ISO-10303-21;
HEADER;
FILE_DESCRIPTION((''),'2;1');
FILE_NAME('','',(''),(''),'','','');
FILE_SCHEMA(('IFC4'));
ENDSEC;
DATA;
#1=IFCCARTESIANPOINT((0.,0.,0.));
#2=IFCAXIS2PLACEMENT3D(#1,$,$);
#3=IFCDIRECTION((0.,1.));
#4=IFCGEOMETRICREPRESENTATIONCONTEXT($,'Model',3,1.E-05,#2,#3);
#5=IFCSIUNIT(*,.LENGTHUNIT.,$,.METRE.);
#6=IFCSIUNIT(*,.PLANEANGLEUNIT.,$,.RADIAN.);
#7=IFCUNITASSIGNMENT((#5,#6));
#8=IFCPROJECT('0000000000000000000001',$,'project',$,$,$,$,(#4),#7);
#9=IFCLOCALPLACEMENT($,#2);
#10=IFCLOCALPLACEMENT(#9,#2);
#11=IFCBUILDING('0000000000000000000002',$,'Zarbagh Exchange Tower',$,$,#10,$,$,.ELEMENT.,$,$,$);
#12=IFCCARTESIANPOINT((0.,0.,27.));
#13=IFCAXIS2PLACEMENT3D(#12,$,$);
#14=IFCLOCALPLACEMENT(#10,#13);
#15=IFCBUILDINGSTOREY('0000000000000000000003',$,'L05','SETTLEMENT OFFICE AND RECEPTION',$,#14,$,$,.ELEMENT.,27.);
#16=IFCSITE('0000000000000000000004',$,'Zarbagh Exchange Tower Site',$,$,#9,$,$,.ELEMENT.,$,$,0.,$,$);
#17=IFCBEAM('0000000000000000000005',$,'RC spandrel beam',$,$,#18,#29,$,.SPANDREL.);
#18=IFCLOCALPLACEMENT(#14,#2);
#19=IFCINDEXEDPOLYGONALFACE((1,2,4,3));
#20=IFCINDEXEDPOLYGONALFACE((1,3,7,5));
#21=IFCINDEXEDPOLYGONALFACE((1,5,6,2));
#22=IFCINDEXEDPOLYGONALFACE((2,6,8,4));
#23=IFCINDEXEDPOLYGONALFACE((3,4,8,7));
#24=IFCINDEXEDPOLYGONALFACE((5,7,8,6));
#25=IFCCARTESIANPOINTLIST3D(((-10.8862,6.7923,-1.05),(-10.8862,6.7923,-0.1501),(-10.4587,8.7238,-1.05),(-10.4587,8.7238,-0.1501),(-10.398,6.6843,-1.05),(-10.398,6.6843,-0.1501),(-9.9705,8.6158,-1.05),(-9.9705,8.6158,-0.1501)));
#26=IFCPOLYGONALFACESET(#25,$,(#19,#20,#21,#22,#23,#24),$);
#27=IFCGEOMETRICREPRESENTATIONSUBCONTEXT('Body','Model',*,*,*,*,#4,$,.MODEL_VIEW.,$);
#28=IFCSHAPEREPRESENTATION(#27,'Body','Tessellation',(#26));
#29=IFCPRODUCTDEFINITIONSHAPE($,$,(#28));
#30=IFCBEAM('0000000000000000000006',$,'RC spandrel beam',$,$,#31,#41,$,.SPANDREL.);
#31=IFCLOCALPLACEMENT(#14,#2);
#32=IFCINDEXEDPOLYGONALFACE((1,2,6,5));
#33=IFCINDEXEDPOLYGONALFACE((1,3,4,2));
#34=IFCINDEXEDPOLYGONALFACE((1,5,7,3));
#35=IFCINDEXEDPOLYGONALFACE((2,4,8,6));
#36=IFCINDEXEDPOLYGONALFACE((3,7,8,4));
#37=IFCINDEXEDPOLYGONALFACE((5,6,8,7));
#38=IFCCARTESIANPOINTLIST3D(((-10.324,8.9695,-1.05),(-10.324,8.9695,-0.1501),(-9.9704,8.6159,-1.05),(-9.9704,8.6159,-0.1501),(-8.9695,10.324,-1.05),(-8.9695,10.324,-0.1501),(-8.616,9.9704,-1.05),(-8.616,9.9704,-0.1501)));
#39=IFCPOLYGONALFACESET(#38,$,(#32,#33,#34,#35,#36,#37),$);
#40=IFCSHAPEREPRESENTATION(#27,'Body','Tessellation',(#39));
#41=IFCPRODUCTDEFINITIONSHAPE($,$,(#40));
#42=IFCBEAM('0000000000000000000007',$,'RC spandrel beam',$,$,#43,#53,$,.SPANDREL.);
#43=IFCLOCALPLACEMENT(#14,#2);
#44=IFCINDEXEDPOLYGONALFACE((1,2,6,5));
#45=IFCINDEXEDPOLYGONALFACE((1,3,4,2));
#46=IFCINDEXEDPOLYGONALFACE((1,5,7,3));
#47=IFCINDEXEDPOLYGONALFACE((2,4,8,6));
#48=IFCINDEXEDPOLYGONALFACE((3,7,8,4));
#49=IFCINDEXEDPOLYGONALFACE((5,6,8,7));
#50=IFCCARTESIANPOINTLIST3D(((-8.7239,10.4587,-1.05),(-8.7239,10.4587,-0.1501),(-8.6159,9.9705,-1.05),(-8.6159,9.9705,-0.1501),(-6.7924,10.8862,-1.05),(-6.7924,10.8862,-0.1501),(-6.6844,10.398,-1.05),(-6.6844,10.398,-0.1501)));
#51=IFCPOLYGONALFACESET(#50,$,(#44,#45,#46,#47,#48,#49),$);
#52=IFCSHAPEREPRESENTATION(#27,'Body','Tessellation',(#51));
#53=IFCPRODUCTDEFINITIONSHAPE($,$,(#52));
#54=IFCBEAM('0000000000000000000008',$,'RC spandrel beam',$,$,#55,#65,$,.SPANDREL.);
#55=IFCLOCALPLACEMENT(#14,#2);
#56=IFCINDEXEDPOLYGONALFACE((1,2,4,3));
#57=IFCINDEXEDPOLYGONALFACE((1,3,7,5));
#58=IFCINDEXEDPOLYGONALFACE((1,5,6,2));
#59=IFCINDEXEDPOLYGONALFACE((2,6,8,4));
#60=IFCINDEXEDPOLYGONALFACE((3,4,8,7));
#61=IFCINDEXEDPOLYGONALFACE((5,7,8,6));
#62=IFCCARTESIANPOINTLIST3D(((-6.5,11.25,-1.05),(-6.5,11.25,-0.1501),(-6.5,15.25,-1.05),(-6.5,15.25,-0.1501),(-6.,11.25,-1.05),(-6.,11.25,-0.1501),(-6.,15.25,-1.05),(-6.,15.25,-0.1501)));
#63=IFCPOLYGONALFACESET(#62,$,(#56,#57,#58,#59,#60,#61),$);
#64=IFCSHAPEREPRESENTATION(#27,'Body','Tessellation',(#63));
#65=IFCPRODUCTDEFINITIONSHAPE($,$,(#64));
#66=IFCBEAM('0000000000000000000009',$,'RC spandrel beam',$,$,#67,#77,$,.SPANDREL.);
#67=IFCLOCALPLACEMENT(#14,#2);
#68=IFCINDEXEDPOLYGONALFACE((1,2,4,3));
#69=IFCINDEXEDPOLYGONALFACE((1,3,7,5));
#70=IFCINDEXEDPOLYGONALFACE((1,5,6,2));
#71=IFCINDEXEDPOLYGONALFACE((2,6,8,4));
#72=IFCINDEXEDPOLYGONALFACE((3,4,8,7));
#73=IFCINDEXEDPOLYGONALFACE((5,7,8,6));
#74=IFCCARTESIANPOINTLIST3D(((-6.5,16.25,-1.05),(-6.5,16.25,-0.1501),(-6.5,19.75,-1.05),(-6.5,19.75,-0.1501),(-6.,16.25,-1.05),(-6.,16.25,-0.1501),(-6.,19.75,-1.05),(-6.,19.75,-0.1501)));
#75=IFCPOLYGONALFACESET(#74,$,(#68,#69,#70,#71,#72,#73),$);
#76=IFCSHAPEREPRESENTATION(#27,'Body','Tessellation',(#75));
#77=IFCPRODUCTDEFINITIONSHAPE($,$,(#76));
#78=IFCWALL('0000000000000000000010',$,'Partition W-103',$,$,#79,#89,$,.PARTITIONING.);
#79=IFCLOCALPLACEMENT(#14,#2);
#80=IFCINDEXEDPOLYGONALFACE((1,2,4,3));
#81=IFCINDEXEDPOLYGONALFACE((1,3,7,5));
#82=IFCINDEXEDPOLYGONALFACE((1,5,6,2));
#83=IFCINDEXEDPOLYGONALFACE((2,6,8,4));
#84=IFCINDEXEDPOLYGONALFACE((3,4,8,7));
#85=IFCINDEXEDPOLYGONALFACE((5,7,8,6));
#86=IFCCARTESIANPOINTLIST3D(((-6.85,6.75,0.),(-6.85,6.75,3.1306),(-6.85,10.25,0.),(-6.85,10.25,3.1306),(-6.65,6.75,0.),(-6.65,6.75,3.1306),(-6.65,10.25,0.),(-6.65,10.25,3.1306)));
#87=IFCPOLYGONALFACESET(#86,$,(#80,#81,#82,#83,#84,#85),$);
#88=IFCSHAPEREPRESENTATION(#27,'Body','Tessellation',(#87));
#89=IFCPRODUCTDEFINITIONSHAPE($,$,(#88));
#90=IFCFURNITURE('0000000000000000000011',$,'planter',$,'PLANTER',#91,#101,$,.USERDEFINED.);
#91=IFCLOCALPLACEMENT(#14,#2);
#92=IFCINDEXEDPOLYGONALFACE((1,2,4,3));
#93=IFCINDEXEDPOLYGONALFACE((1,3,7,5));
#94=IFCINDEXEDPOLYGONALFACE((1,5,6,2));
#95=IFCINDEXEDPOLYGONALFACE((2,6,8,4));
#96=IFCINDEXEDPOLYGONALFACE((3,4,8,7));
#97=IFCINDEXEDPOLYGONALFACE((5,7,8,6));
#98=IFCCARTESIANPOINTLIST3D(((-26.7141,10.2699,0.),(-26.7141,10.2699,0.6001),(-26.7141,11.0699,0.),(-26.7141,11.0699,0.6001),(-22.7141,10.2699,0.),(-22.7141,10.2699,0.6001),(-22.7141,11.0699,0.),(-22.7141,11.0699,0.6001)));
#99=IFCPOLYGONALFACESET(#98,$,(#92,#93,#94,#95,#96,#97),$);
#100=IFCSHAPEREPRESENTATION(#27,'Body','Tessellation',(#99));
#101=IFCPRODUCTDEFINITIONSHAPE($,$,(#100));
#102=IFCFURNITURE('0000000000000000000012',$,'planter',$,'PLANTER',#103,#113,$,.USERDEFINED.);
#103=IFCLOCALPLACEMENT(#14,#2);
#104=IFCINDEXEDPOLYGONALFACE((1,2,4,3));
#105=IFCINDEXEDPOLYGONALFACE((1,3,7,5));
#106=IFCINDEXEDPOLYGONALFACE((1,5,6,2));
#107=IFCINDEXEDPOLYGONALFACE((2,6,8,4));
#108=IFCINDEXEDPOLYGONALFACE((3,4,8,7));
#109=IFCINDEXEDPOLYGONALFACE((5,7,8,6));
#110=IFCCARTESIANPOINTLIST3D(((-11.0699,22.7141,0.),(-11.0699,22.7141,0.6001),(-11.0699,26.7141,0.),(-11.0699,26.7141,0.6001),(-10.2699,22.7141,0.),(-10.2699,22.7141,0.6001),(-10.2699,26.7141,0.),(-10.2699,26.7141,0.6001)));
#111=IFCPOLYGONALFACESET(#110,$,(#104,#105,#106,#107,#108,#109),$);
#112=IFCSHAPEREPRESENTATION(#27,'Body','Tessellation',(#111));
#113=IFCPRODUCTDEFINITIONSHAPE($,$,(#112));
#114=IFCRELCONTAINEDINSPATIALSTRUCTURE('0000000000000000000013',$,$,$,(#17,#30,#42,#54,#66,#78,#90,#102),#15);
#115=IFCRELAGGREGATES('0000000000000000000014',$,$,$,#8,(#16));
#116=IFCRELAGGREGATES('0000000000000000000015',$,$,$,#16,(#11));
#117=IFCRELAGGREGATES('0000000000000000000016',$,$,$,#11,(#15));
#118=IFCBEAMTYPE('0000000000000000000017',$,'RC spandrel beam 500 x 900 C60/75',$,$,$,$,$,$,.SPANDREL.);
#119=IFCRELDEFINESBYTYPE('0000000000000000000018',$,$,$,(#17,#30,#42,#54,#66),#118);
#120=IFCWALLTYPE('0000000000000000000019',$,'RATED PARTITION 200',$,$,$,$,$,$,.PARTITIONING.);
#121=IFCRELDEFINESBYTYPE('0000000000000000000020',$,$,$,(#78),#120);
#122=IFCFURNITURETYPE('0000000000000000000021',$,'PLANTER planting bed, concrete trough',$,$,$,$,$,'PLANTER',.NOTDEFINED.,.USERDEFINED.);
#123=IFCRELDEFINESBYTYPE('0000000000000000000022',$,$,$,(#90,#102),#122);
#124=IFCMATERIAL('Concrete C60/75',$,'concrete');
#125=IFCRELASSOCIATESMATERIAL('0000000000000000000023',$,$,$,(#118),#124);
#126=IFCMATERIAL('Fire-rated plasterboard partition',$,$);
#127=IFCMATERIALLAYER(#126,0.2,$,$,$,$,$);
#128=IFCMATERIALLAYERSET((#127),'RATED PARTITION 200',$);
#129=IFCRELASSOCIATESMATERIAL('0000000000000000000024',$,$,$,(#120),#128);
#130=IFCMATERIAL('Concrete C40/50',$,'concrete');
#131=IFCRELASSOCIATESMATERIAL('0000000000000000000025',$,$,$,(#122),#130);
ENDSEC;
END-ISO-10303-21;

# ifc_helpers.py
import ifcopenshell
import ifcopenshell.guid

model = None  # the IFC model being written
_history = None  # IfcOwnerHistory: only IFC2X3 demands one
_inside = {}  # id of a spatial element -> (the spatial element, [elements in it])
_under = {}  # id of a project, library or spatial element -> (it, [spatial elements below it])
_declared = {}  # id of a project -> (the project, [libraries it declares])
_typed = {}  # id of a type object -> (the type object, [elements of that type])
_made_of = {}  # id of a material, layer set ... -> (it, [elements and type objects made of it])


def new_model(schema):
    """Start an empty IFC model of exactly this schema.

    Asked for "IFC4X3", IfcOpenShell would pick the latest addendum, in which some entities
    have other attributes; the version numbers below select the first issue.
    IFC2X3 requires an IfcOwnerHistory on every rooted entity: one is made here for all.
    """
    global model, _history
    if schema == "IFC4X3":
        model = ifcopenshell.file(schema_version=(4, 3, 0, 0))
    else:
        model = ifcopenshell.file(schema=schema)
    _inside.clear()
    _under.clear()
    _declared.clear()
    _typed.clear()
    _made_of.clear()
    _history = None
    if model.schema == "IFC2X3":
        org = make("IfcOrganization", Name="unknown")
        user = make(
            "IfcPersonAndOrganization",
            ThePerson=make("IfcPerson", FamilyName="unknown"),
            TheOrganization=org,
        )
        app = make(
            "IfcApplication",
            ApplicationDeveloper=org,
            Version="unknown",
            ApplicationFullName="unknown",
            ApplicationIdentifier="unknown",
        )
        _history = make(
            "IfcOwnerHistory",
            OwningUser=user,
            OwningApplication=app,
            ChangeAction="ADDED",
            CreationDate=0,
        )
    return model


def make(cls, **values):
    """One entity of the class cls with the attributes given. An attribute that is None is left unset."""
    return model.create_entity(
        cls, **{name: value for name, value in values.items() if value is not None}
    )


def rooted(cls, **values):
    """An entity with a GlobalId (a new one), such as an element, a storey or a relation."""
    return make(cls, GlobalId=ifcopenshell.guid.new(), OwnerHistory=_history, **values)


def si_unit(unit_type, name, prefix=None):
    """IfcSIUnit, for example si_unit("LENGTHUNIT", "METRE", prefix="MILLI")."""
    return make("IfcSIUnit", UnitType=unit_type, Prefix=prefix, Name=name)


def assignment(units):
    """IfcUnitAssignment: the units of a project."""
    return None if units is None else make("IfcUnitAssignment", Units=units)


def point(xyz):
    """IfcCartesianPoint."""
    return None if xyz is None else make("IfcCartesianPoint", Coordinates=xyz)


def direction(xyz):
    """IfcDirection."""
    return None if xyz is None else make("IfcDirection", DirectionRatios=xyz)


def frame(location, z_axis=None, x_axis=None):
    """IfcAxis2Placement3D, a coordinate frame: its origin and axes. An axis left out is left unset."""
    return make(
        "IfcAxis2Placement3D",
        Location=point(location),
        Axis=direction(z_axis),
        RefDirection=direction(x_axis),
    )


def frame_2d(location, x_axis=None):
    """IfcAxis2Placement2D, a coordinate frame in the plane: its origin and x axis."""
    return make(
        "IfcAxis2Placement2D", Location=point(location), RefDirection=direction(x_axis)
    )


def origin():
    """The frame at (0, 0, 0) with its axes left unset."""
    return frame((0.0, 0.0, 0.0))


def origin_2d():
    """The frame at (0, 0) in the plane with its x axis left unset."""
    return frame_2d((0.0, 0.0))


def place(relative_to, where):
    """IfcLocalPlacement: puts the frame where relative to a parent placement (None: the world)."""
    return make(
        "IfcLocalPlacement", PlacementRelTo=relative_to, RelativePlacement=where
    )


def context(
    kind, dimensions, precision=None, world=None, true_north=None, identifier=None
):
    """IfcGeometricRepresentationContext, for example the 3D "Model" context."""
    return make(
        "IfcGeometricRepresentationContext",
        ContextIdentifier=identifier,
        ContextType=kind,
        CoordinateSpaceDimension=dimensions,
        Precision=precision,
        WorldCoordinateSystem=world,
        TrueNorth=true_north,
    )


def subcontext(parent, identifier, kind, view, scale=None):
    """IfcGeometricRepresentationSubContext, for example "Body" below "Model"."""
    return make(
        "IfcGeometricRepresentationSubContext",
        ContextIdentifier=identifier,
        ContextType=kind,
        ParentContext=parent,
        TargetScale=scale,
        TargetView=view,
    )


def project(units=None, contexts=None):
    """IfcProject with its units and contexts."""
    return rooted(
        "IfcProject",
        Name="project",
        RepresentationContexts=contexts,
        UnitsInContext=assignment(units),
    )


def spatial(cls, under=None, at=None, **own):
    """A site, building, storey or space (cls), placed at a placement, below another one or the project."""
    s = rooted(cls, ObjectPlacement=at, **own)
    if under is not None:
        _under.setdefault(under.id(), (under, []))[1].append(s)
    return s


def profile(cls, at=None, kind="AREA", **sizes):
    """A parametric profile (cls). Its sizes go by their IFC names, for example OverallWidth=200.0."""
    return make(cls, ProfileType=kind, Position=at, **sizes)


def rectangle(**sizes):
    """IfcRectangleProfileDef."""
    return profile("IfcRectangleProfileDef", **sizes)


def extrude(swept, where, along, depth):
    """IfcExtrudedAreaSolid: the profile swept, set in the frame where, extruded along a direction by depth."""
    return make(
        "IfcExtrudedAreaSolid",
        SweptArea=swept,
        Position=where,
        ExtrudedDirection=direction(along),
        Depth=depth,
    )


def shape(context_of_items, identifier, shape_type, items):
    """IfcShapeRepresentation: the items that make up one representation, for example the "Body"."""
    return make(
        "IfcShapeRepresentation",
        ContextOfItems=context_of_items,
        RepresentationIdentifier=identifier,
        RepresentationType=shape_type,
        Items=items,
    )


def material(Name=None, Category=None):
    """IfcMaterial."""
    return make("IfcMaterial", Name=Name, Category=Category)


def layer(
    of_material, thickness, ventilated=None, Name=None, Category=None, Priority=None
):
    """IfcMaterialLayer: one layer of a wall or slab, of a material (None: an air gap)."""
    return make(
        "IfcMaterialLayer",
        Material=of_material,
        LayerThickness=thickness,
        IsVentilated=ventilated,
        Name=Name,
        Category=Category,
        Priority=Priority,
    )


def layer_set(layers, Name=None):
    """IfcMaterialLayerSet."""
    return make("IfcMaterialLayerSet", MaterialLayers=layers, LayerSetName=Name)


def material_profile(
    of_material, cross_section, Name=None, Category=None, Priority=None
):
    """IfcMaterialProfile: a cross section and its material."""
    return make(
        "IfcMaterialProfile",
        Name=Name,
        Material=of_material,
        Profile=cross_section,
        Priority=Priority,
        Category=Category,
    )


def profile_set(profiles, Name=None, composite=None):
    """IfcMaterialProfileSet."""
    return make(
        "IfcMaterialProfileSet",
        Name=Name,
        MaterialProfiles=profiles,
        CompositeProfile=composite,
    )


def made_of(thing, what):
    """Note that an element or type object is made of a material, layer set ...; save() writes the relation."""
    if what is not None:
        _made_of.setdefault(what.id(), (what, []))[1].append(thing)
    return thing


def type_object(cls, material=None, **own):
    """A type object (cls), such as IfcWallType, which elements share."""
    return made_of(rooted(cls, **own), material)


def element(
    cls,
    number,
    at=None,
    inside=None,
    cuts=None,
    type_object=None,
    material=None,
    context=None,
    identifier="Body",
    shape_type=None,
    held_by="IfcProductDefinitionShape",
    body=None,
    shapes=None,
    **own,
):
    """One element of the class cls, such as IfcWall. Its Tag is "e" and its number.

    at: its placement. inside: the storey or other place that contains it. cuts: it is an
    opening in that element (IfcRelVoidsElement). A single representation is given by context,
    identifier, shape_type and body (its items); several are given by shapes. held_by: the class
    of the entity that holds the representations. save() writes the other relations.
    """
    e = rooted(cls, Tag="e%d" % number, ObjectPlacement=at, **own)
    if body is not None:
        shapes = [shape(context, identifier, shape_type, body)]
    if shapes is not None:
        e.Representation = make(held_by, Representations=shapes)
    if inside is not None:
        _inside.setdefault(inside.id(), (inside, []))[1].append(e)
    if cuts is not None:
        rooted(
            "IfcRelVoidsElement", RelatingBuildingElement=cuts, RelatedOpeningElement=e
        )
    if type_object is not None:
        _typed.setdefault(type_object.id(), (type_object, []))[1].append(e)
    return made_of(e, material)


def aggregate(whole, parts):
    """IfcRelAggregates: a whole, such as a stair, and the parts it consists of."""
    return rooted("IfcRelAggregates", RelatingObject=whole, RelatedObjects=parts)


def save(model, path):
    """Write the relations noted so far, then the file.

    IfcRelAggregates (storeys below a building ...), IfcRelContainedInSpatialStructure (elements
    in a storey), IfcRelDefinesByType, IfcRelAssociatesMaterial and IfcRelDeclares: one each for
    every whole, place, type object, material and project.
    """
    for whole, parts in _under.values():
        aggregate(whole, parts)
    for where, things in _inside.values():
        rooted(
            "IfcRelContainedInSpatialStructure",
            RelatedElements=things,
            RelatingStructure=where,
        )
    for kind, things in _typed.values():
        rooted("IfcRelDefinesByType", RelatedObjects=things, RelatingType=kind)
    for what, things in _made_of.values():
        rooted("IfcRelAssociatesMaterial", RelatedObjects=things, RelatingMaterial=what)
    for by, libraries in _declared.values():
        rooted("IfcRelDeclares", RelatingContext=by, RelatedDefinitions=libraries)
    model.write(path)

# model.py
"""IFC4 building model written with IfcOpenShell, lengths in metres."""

from ifc_helpers import new_model, si_unit, direction, frame, frame_2d, origin, origin_2d, place, context, subcontext, project, spatial, rectangle, extrude, material, layer, layer_set, material_profile, profile_set, type_object, element, save


model = new_model("IFC4")

# Units and contexts
model_context = context("Model", 3, precision=1e-05, world=origin(), true_north=direction((0.0, 1.0)))
body_context = subcontext(model_context, "Body", "Model", "MODEL_VIEW")
ifc_project = project(units=[si_unit("LENGTHUNIT", "METRE"), si_unit("PLANEANGLEUNIT", "RADIAN")], contexts=[model_context])

# Site, building, storey
site_placement = place(None, origin())
site = spatial("IfcSite", under=ifc_project, at=site_placement, Name="Zarbagh Exchange Tower Site", CompositionType="ELEMENT", RefElevation=0.0)
building_placement = place(site_placement, origin())
building = spatial("IfcBuilding", under=site, at=building_placement, Name="Zarbagh Exchange Tower", CompositionType="ELEMENT")
storey_placement = place(building_placement, frame((0.0, 0.0, 27.0)))
storey = spatial("IfcBuildingStorey", under=building, at=storey_placement, Name="L05", Description="SETTLEMENT OFFICE AND RECEPTION", CompositionType="ELEMENT", Elevation=27.0)

# Shared definitions
ifc_material_1 = material(Name="Concrete C60/75", Category="concrete")

# Beams
ifc_material_profile_1 = material_profile(ifc_material_1, rectangle(XDim=0.5, YDim=0.8999, at=origin_2d()), Name="RC spandrel beam 500 x 900 C60/75")
ifc_profile_set_1 = profile_set([ifc_material_profile_1], Name="Concrete C60/75")
beam_type_1 = type_object("IfcBeamType", Name="RC spandrel beam 500 x 900 C60/75", PredefinedType="SPANDREL", material=ifc_profile_set_1)
beam_1_placement = place(storey_placement, frame((-10.6421, 6.7383, -0.6001), z_axis=(0.216081, 0.976375, 0.0), x_axis=(-0.976375, 0.216081, 0.0)))
element("IfcBeam", 1, at=beam_1_placement, inside=storey, type_object=beam_type_1, Name="RC spandrel beam", PredefinedType="SPANDREL", context=body_context, shape_type="SweptSolid", body=[
    extrude(rectangle(XDim=0.5, YDim=0.8999, at=origin_2d()), origin(), (0.0, 0.0, 1.0), 1.9783),
])
beam_2_placement = place(storey_placement, frame((-10.1472, 8.7927, -0.6001), z_axis=(0.707107, 0.707107, 0.0), x_axis=(-0.707107, 0.707107, 0.0)))
element("IfcBeam", 2, at=beam_2_placement, inside=storey, type_object=beam_type_1, Name="RC spandrel beam", PredefinedType="SPANDREL", context=body_context, shape_type="SweptSolid", body=[
    extrude(rectangle(XDim=0.5, YDim=0.8999, at=origin_2d()), origin(), (0.0, 0.0, 1.0), 1.9155),
])
beam_3_placement = place(storey_placement, frame((-8.6699, 10.2146, -0.6001), z_axis=(0.976375, 0.216081, 0.0), x_axis=(-0.216081, 0.976375, 0.0)))
element("IfcBeam", 3, at=beam_3_placement, inside=storey, type_object=beam_type_1, Name="RC spandrel beam", PredefinedType="SPANDREL", context=body_context, shape_type="SweptSolid", body=[
    extrude(rectangle(XDim=0.5, YDim=0.8999, at=origin_2d()), origin(), (0.0, 0.0, 1.0), 1.9783),
])
beam_4_placement = place(storey_placement, frame((-6.25, 11.25, -0.6001), z_axis=(0.0, 1.0, 0.0), x_axis=(-1.0, 0.0, 0.0)))
element("IfcBeam", 4, at=beam_4_placement, inside=storey, type_object=beam_type_1, Name="RC spandrel beam", PredefinedType="SPANDREL", context=body_context, shape_type="SweptSolid", body=[
    extrude(rectangle(XDim=0.5, YDim=0.8999, at=origin_2d()), origin(), (0.0, 0.0, 1.0), 4.0),
])
beam_5_placement = place(storey_placement, frame((-6.25, 16.25, -0.6001), z_axis=(0.0, 1.0, 0.0), x_axis=(-1.0, 0.0, 0.0)))
element("IfcBeam", 5, at=beam_5_placement, inside=storey, type_object=beam_type_1, Name="RC spandrel beam", PredefinedType="SPANDREL", context=body_context, shape_type="SweptSolid", body=[
    extrude(rectangle(XDim=0.5, YDim=0.8999, at=origin_2d()), origin(), (0.0, 0.0, 1.0), 3.5),
])

# Wall
ifc_material_2 = material(Name="Fire-rated plasterboard partition")
ifc_layer = layer(ifc_material_2, 0.2)
ifc_layer_set = layer_set([ifc_layer], Name="RATED PARTITION 200")
wall_type = type_object("IfcWallType", Name="RATED PARTITION 200", PredefinedType="PARTITIONING", material=ifc_layer_set)
wall_placement = place(storey_placement, frame((-6.75, 6.75, 0.0), z_axis=(0.0, 0.0, 1.0), x_axis=(0.0, 1.0, 0.0)))
element("IfcWall", 6, at=wall_placement, inside=storey, type_object=wall_type, Name="Partition W-103", PredefinedType="PARTITIONING", context=body_context, shape_type="SweptSolid", body=[
    extrude(rectangle(XDim=3.5, YDim=0.2, at=frame_2d((1.75, 0.0))), origin(), (0.0, 0.0, 1.0), 3.1306),
])

# Furniture
ifc_material_3 = material(Name="Concrete C40/50", Category="concrete")
furniture_type = type_object("IfcFurnitureType", Name="PLANTER planting bed, concrete trough", ElementType="PLANTER", AssemblyPlace="NOTDEFINED", PredefinedType="USERDEFINED", material=ifc_material_3)
for number, where, z_axis, x_axis, name in (
    (7, (-24.7141, 10.6699, 0.0), (0.0, 0.0, 1.0), (1.0, 0.0, 0.0), "planter"),
    (8, (-10.6699, 24.7141, 0.0), (0.0, 0.0, 1.0), (0.0, 1.0, 0.0), "planter"),
):
    element("IfcFurniture", number, at=place(storey_placement, frame(where, z_axis=z_axis, x_axis=x_axis)), inside=storey, type_object=furniture_type, Name=name, ObjectType="PLANTER", PredefinedType="USERDEFINED", context=body_context, shape_type="SweptSolid", body=[
        extrude(rectangle(XDim=4.0, YDim=0.8, at=origin_2d()), origin(), (0.0, 0.0, 1.0), 0.6001),
    ])

save(model, "model.ifc")
